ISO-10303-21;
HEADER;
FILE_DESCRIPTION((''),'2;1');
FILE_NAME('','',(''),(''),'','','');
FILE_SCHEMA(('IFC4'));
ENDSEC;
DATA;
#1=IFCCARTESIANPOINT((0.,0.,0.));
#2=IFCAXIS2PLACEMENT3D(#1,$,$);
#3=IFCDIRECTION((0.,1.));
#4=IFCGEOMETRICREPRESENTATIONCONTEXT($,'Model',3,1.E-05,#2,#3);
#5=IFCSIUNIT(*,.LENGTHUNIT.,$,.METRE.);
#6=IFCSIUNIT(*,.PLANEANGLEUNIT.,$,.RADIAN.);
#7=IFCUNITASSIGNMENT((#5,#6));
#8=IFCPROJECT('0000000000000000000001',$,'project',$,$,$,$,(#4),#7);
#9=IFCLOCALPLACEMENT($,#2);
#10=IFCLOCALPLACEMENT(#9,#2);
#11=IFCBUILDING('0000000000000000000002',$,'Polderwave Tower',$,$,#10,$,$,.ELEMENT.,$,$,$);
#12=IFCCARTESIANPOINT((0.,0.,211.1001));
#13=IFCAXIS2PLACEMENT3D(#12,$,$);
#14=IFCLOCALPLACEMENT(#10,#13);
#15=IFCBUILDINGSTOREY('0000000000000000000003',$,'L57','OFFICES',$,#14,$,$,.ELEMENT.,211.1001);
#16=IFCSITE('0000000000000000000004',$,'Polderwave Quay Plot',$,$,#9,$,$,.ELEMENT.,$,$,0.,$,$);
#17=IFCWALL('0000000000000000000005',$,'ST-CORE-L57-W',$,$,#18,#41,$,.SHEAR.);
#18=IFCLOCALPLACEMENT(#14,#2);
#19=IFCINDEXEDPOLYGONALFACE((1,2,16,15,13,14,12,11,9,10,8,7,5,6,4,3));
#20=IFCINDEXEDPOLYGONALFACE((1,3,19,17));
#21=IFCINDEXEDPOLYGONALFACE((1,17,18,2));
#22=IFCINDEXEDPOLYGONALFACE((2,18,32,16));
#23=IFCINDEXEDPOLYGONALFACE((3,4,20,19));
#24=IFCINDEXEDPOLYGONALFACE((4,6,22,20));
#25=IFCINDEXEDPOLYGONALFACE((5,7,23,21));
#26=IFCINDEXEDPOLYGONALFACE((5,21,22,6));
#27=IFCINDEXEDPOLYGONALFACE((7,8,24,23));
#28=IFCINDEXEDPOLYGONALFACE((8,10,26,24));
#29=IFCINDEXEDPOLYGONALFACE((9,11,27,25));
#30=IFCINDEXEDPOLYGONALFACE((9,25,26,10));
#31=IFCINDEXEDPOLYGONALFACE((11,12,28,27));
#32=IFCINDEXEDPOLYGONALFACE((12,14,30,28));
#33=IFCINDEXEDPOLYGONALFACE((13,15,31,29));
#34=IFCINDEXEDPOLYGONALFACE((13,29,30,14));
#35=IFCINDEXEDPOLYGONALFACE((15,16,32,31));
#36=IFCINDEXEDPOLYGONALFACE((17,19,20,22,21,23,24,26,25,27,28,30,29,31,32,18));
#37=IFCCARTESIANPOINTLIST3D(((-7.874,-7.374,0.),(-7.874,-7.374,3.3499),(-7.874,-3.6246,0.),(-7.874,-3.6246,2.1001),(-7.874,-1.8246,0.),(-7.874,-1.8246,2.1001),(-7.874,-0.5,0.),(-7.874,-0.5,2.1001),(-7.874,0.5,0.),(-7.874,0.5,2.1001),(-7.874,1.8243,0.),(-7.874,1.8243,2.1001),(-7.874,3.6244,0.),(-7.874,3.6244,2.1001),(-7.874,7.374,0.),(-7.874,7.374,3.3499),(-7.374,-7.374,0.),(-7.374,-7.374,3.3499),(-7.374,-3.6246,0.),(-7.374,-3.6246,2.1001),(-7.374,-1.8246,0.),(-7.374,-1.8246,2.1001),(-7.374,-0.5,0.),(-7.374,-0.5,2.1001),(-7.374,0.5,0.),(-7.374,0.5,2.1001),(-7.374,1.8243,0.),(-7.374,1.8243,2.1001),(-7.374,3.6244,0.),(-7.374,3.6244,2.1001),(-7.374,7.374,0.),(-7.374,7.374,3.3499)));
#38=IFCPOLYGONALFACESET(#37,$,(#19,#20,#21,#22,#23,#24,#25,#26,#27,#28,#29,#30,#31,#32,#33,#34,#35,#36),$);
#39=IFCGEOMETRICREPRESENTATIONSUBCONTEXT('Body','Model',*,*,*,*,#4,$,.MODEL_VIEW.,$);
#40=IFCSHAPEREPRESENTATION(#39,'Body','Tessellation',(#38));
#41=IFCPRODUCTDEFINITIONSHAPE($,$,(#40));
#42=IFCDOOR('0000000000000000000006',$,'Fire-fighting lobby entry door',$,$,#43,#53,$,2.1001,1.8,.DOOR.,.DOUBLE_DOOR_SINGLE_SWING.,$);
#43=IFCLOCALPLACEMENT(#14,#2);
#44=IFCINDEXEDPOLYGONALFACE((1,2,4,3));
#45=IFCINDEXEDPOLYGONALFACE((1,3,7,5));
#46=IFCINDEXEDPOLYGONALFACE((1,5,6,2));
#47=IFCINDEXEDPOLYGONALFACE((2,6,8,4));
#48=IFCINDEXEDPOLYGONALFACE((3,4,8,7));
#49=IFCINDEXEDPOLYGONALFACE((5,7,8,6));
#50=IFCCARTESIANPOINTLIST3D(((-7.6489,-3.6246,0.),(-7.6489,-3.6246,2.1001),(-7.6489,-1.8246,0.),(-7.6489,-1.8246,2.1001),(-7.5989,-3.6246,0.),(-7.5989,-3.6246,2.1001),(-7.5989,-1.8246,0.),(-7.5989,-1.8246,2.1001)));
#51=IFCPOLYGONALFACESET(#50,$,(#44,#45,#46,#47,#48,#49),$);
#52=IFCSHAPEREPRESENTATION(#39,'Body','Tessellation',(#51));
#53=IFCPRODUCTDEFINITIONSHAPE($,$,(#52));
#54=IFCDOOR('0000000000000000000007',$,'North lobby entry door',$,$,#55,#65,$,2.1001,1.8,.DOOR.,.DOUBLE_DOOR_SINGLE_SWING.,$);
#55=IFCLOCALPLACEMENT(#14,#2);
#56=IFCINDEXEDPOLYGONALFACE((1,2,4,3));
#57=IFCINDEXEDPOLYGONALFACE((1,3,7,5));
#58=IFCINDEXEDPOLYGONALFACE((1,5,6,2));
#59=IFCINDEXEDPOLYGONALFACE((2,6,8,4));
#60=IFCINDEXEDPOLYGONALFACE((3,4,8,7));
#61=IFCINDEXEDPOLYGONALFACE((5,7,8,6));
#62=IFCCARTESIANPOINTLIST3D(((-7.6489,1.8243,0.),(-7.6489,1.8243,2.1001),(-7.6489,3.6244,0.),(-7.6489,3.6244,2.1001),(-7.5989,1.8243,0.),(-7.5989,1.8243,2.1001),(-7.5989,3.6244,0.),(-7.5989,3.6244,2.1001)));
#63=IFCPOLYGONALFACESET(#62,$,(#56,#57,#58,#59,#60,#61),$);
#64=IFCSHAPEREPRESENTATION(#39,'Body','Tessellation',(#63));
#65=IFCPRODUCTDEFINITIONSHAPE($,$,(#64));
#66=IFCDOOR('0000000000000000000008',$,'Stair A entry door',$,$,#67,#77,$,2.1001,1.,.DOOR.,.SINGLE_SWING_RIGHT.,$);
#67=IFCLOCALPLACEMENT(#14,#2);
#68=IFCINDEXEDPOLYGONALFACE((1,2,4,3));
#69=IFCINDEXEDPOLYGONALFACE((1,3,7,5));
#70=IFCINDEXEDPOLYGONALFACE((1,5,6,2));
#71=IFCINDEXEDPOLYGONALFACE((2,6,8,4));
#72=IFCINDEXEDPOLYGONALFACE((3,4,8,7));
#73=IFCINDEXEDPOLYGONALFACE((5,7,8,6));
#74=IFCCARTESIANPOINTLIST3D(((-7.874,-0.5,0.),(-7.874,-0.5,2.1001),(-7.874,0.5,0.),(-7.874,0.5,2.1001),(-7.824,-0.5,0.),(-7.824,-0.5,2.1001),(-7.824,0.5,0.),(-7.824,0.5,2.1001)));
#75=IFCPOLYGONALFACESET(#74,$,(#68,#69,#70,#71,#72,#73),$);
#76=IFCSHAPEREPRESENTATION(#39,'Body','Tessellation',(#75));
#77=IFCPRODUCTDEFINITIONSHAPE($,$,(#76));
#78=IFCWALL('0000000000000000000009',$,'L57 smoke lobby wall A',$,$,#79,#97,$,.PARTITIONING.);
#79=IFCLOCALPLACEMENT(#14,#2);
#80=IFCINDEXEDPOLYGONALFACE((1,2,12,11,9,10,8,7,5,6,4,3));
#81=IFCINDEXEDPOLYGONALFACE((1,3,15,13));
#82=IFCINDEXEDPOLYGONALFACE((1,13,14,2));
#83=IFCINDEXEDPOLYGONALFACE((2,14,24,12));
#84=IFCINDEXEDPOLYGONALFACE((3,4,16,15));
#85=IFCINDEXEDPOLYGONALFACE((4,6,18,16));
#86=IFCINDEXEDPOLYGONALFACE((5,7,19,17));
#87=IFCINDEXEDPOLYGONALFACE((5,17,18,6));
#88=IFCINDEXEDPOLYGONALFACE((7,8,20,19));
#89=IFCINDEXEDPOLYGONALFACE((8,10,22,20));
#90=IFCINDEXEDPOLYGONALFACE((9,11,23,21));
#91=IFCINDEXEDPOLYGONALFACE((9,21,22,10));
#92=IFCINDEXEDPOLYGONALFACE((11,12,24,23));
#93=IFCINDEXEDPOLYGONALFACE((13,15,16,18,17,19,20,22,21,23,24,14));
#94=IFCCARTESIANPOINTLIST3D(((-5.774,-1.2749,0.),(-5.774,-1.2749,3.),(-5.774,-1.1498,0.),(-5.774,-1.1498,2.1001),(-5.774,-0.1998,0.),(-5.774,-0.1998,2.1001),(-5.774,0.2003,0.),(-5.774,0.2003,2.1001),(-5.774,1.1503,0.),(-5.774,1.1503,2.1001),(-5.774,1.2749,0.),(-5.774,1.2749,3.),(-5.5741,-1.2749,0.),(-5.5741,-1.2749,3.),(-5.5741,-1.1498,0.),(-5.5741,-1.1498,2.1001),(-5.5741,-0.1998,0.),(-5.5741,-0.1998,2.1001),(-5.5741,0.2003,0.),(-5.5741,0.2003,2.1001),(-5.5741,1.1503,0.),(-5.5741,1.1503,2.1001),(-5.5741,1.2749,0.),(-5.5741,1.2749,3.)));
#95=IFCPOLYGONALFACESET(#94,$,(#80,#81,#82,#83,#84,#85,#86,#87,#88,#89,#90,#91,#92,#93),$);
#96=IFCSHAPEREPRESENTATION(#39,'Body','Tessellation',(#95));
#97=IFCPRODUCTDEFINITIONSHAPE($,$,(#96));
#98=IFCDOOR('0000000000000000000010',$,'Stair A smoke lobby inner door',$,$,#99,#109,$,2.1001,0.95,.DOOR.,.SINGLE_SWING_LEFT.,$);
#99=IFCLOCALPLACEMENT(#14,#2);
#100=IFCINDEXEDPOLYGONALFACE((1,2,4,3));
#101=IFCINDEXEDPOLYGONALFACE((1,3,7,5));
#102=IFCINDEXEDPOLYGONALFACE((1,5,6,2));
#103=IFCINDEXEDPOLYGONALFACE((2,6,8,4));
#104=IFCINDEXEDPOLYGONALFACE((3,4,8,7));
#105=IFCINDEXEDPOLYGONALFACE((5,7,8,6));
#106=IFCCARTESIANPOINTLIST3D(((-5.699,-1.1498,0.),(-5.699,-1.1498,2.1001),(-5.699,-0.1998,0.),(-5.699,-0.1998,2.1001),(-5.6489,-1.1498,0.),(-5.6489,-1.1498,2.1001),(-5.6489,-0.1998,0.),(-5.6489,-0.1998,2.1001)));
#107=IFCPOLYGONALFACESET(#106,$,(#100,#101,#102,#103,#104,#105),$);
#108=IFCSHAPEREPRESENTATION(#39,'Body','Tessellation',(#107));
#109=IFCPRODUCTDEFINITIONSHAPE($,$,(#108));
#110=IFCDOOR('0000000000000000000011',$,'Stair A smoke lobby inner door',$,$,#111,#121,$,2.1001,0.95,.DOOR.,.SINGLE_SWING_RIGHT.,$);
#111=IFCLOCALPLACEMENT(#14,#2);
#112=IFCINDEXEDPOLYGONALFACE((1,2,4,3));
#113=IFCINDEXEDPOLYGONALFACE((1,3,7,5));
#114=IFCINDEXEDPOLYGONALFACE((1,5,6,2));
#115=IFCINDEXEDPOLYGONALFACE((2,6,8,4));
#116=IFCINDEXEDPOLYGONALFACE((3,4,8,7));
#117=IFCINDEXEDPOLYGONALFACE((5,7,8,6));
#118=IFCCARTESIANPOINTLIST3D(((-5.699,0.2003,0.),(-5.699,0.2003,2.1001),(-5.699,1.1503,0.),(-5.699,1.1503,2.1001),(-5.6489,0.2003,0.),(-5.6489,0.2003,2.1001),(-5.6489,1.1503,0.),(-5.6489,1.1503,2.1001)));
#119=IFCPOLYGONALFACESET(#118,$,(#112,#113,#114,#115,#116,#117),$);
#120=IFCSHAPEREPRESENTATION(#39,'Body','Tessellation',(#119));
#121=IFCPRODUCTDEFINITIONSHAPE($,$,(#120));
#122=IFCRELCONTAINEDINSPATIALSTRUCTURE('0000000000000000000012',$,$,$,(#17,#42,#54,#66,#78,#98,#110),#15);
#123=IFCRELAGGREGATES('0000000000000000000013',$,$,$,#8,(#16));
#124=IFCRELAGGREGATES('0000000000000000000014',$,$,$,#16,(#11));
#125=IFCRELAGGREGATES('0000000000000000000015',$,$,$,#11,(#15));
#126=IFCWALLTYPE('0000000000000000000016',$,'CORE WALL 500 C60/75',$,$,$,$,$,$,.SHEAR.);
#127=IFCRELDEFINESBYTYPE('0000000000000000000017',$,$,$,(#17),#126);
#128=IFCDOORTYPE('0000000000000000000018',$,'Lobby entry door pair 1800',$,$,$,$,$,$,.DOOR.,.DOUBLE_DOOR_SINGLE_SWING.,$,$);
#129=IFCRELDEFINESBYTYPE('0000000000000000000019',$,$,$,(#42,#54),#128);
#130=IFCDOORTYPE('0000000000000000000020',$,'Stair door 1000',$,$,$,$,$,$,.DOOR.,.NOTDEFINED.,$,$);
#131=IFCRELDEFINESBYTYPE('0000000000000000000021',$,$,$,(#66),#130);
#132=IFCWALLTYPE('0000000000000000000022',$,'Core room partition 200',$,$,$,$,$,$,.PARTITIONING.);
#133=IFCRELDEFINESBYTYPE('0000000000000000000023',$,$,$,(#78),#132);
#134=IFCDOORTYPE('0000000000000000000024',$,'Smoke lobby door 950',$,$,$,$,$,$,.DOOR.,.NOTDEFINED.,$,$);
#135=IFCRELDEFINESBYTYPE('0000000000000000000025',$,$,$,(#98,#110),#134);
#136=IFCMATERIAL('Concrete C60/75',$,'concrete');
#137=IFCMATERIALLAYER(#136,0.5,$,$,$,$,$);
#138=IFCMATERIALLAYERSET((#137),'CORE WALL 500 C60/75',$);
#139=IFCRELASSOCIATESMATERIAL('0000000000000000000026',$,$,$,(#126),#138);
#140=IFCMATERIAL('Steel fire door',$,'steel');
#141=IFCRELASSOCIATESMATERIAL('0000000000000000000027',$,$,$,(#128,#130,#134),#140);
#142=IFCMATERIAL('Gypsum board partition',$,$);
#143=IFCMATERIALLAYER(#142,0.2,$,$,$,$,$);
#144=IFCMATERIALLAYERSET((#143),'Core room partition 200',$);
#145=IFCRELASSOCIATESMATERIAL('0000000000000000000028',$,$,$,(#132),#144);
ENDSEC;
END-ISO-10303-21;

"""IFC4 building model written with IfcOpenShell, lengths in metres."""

from ifc_helpers import new_model, si_unit, direction, frame, frame_2d, origin, place, context, subcontext, project, spatial, rectangle, extrude, material, layer, layer_set, type_object, element, fill, save


model = new_model("IFC4")

# Units and contexts
model_context = context("Model", 3, precision=1e-05, world=origin(), true_north=direction((0.0, 1.0)))
body_context = subcontext(model_context, "Body", "Model", "MODEL_VIEW")
ifc_project = project(units=[si_unit("LENGTHUNIT", "METRE"), si_unit("PLANEANGLEUNIT", "RADIAN")], contexts=[model_context])

# Site, building, storey
site_placement = place(None, origin())
site = spatial("IfcSite", under=ifc_project, at=site_placement, Name="Polderwave Quay Plot", CompositionType="ELEMENT", RefElevation=0.0)
building_placement = place(site_placement, origin())
building = spatial("IfcBuilding", under=site, at=building_placement, Name="Polderwave Tower", CompositionType="ELEMENT")
storey_placement = place(building_placement, frame((0.0, 0.0, 211.1001)))
storey = spatial("IfcBuildingStorey", under=building, at=storey_placement, Name="L57", Description="OFFICES", CompositionType="ELEMENT", Elevation=211.1001)

# Walls, openings, doors
ifc_material_1 = material(Name="Concrete C60/75", Category="concrete")
ifc_layer_1 = layer(ifc_material_1, 0.5)
ifc_layer_set_1 = layer_set([ifc_layer_1], Name="CORE WALL 500 C60/75")
wall_type_1 = type_object("IfcWallType", Name="CORE WALL 500 C60/75", PredefinedType="SHEAR", material=ifc_layer_set_1)
wall_1_placement = place(storey_placement, frame((-7.624, -7.374, 0.0), z_axis=(0.0, 0.0, 1.0), x_axis=(0.0, 1.0, 0.0)))
wall_1 = element("IfcWall", 1, at=wall_1_placement, inside=storey, type_object=wall_type_1, Name="ST-CORE-L57-W", PredefinedType="SHEAR", context=body_context, shape_type="SweptSolid", body=[
    extrude(rectangle(XDim=14.748, YDim=0.5, at=frame_2d((7.374, 0.0))), origin(), (0.0, 0.0, 1.0), 3.3499),
])
opening_1_placement = place(wall_1_placement, frame((6.874, 0.0, 0.0)))
opening_1 = element("IfcOpeningElement", 2, at=opening_1_placement, cuts=wall_1, PredefinedType="OPENING", context=body_context, shape_type="SweptSolid", body=[
    extrude(rectangle(XDim=1.0, YDim=2.1001, at=frame_2d((0.5, 1.05))), frame((0.0, 0.26, 0.0), z_axis=(0.0, -1.0, 0.0), x_axis=(1.0, 0.0, 0.0)), (0.0, 0.0, 1.0), 0.52),
])
opening_2_placement = place(wall_1_placement, frame((3.7495, 0.0, 0.0)))
opening_2 = element("IfcOpeningElement", 3, at=opening_2_placement, cuts=wall_1, PredefinedType="OPENING", context=body_context, shape_type="SweptSolid", body=[
    extrude(rectangle(XDim=1.8, YDim=2.1001, at=frame_2d((0.8999, 1.05))), frame((0.0, 0.26, 0.0), z_axis=(0.0, -1.0, 0.0), x_axis=(1.0, 0.0, 0.0)), (0.0, 0.0, 1.0), 0.52),
])
opening_3_placement = place(wall_1_placement, frame((9.1985, 0.0, 0.0)))
opening_3 = element("IfcOpeningElement", 4, at=opening_3_placement, cuts=wall_1, PredefinedType="OPENING", context=body_context, shape_type="SweptSolid", body=[
    extrude(rectangle(XDim=1.8, YDim=2.1001, at=frame_2d((0.8999, 1.05))), frame((0.0, 0.26, 0.0), z_axis=(0.0, -1.0, 0.0), x_axis=(1.0, 0.0, 0.0)), (0.0, 0.0, 1.0), 0.52),
])
ifc_material_2 = material(Name="Steel fire door", Category="steel")
door_type_1 = type_object("IfcDoorType", Name="Lobby entry door pair 1800", OperationType="DOUBLE_DOOR_SINGLE_SWING", PredefinedType="DOOR", material=ifc_material_2)
door_1_placement = place(opening_2_placement, origin())
door_1 = element("IfcDoor", 5, at=door_1_placement, inside=storey, type_object=door_type_1, Name="Fire-fighting lobby entry door", OperationType="DOUBLE_DOOR_SINGLE_SWING", OverallHeight=2.1001, OverallWidth=1.8, PredefinedType="DOOR", context=body_context, shape_type="SweptSolid", body=[
    extrude(rectangle(XDim=1.8, YDim=2.1001, at=frame_2d((0.8999, 1.05))), frame((0.0, 0.0249, 0.0), z_axis=(0.0, -1.0, 0.0), x_axis=(1.0, 0.0, 0.0)), (0.0, 0.0, 1.0), 0.05),
])
fill(opening_2, door_1)
door_2_placement = place(opening_3_placement, origin())
door_2 = element("IfcDoor", 6, at=door_2_placement, inside=storey, type_object=door_type_1, Name="North lobby entry door", OperationType="DOUBLE_DOOR_SINGLE_SWING", OverallHeight=2.1001, OverallWidth=1.8, PredefinedType="DOOR", context=body_context, shape_type="SweptSolid", body=[
    extrude(rectangle(XDim=1.8, YDim=2.1001, at=frame_2d((0.8999, 1.05))), frame((0.0, 0.0249, 0.0), z_axis=(0.0, -1.0, 0.0), x_axis=(1.0, 0.0, 0.0)), (0.0, 0.0, 1.0), 0.05),
])
fill(opening_3, door_2)
door_type_2 = type_object("IfcDoorType", Name="Stair door 1000", OperationType="NOTDEFINED", PredefinedType="DOOR", material=ifc_material_2)
door_3_placement = place(opening_1_placement, origin())
door_3 = element("IfcDoor", 7, at=door_3_placement, inside=storey, type_object=door_type_2, Name="Stair A entry door", OperationType="SINGLE_SWING_RIGHT", OverallHeight=2.1001, OverallWidth=1.0, PredefinedType="DOOR", context=body_context, shape_type="SweptSolid", body=[
    extrude(rectangle(XDim=1.0, YDim=2.1001, at=frame_2d((0.5, 1.05))), frame((0.0, 0.25, 0.0), z_axis=(0.0, -1.0, 0.0), x_axis=(1.0, 0.0, 0.0)), (0.0, 0.0, 1.0), 0.05),
])
fill(opening_1, door_3)
ifc_material_3 = material(Name="Gypsum board partition")
ifc_layer_2 = layer(ifc_material_3, 0.2)
ifc_layer_set_2 = layer_set([ifc_layer_2], Name="Core room partition 200")
wall_type_2 = type_object("IfcWallType", Name="Core room partition 200", PredefinedType="PARTITIONING", material=ifc_layer_set_2)
wall_2_placement = place(storey_placement, frame((-5.6741, -1.2749, 0.0), z_axis=(0.0, 0.0, 1.0), x_axis=(0.0, 1.0, 0.0)))
wall_2 = element("IfcWall", 8, at=wall_2_placement, inside=storey, type_object=wall_type_2, Name="L57 smoke lobby wall A", PredefinedType="PARTITIONING", context=body_context, shape_type="SweptSolid", body=[
    extrude(rectangle(XDim=2.5498, YDim=0.2, at=frame_2d((1.2749, 0.0))), origin(), (0.0, 0.0, 1.0), 3.0),
])
opening_4_placement = place(wall_2_placement, frame((0.125, 0.0, 0.0)))
opening_4 = element("IfcOpeningElement", 9, at=opening_4_placement, cuts=wall_2, PredefinedType="OPENING", context=body_context, shape_type="SweptSolid", body=[
    extrude(rectangle(XDim=0.95, YDim=2.1001, at=frame_2d((0.4751, 1.05))), frame((0.0, 0.1099, 0.0), z_axis=(0.0, -1.0, 0.0), x_axis=(1.0, 0.0, 0.0)), (0.0, 0.0, 1.0), 0.22),
])
opening_5_placement = place(wall_2_placement, frame((1.4751, 0.0, 0.0)))
opening_5 = element("IfcOpeningElement", 10, at=opening_5_placement, cuts=wall_2, PredefinedType="OPENING", context=body_context, shape_type="SweptSolid", body=[
    extrude(rectangle(XDim=0.95, YDim=2.1001, at=frame_2d((0.4751, 1.05))), frame((0.0, 0.1099, 0.0), z_axis=(0.0, -1.0, 0.0), x_axis=(1.0, 0.0, 0.0)), (0.0, 0.0, 1.0), 0.22),
])
door_type_3 = type_object("IfcDoorType", Name="Smoke lobby door 950", OperationType="NOTDEFINED", PredefinedType="DOOR", material=ifc_material_2)
door_4_placement = place(opening_4_placement, origin())
door_4 = element("IfcDoor", 11, at=door_4_placement, inside=storey, type_object=door_type_3, Name="Stair A smoke lobby inner door", OperationType="SINGLE_SWING_LEFT", OverallHeight=2.1001, OverallWidth=0.95, PredefinedType="DOOR", context=body_context, shape_type="SweptSolid", body=[
    extrude(rectangle(XDim=0.95, YDim=2.1001, at=frame_2d((0.4751, 1.05))), frame((0.0, 0.0249, 0.0), z_axis=(0.0, -1.0, 0.0), x_axis=(1.0, 0.0, 0.0)), (0.0, 0.0, 1.0), 0.05),
])
fill(opening_4, door_4)
door_5_placement = place(opening_5_placement, origin())
door_5 = element("IfcDoor", 12, at=door_5_placement, inside=storey, type_object=door_type_3, Name="Stair A smoke lobby inner door", OperationType="SINGLE_SWING_RIGHT", OverallHeight=2.1001, OverallWidth=0.95, PredefinedType="DOOR", context=body_context, shape_type="SweptSolid", body=[
    extrude(rectangle(XDim=0.95, YDim=2.1001, at=frame_2d((0.4751, 1.05))), frame((0.0, 0.0249, 0.0), z_axis=(0.0, -1.0, 0.0), x_axis=(1.0, 0.0, 0.0)), (0.0, 0.0, 1.0), 0.05),
])
fill(opening_5, door_5)

save(model, "model.ifc")
